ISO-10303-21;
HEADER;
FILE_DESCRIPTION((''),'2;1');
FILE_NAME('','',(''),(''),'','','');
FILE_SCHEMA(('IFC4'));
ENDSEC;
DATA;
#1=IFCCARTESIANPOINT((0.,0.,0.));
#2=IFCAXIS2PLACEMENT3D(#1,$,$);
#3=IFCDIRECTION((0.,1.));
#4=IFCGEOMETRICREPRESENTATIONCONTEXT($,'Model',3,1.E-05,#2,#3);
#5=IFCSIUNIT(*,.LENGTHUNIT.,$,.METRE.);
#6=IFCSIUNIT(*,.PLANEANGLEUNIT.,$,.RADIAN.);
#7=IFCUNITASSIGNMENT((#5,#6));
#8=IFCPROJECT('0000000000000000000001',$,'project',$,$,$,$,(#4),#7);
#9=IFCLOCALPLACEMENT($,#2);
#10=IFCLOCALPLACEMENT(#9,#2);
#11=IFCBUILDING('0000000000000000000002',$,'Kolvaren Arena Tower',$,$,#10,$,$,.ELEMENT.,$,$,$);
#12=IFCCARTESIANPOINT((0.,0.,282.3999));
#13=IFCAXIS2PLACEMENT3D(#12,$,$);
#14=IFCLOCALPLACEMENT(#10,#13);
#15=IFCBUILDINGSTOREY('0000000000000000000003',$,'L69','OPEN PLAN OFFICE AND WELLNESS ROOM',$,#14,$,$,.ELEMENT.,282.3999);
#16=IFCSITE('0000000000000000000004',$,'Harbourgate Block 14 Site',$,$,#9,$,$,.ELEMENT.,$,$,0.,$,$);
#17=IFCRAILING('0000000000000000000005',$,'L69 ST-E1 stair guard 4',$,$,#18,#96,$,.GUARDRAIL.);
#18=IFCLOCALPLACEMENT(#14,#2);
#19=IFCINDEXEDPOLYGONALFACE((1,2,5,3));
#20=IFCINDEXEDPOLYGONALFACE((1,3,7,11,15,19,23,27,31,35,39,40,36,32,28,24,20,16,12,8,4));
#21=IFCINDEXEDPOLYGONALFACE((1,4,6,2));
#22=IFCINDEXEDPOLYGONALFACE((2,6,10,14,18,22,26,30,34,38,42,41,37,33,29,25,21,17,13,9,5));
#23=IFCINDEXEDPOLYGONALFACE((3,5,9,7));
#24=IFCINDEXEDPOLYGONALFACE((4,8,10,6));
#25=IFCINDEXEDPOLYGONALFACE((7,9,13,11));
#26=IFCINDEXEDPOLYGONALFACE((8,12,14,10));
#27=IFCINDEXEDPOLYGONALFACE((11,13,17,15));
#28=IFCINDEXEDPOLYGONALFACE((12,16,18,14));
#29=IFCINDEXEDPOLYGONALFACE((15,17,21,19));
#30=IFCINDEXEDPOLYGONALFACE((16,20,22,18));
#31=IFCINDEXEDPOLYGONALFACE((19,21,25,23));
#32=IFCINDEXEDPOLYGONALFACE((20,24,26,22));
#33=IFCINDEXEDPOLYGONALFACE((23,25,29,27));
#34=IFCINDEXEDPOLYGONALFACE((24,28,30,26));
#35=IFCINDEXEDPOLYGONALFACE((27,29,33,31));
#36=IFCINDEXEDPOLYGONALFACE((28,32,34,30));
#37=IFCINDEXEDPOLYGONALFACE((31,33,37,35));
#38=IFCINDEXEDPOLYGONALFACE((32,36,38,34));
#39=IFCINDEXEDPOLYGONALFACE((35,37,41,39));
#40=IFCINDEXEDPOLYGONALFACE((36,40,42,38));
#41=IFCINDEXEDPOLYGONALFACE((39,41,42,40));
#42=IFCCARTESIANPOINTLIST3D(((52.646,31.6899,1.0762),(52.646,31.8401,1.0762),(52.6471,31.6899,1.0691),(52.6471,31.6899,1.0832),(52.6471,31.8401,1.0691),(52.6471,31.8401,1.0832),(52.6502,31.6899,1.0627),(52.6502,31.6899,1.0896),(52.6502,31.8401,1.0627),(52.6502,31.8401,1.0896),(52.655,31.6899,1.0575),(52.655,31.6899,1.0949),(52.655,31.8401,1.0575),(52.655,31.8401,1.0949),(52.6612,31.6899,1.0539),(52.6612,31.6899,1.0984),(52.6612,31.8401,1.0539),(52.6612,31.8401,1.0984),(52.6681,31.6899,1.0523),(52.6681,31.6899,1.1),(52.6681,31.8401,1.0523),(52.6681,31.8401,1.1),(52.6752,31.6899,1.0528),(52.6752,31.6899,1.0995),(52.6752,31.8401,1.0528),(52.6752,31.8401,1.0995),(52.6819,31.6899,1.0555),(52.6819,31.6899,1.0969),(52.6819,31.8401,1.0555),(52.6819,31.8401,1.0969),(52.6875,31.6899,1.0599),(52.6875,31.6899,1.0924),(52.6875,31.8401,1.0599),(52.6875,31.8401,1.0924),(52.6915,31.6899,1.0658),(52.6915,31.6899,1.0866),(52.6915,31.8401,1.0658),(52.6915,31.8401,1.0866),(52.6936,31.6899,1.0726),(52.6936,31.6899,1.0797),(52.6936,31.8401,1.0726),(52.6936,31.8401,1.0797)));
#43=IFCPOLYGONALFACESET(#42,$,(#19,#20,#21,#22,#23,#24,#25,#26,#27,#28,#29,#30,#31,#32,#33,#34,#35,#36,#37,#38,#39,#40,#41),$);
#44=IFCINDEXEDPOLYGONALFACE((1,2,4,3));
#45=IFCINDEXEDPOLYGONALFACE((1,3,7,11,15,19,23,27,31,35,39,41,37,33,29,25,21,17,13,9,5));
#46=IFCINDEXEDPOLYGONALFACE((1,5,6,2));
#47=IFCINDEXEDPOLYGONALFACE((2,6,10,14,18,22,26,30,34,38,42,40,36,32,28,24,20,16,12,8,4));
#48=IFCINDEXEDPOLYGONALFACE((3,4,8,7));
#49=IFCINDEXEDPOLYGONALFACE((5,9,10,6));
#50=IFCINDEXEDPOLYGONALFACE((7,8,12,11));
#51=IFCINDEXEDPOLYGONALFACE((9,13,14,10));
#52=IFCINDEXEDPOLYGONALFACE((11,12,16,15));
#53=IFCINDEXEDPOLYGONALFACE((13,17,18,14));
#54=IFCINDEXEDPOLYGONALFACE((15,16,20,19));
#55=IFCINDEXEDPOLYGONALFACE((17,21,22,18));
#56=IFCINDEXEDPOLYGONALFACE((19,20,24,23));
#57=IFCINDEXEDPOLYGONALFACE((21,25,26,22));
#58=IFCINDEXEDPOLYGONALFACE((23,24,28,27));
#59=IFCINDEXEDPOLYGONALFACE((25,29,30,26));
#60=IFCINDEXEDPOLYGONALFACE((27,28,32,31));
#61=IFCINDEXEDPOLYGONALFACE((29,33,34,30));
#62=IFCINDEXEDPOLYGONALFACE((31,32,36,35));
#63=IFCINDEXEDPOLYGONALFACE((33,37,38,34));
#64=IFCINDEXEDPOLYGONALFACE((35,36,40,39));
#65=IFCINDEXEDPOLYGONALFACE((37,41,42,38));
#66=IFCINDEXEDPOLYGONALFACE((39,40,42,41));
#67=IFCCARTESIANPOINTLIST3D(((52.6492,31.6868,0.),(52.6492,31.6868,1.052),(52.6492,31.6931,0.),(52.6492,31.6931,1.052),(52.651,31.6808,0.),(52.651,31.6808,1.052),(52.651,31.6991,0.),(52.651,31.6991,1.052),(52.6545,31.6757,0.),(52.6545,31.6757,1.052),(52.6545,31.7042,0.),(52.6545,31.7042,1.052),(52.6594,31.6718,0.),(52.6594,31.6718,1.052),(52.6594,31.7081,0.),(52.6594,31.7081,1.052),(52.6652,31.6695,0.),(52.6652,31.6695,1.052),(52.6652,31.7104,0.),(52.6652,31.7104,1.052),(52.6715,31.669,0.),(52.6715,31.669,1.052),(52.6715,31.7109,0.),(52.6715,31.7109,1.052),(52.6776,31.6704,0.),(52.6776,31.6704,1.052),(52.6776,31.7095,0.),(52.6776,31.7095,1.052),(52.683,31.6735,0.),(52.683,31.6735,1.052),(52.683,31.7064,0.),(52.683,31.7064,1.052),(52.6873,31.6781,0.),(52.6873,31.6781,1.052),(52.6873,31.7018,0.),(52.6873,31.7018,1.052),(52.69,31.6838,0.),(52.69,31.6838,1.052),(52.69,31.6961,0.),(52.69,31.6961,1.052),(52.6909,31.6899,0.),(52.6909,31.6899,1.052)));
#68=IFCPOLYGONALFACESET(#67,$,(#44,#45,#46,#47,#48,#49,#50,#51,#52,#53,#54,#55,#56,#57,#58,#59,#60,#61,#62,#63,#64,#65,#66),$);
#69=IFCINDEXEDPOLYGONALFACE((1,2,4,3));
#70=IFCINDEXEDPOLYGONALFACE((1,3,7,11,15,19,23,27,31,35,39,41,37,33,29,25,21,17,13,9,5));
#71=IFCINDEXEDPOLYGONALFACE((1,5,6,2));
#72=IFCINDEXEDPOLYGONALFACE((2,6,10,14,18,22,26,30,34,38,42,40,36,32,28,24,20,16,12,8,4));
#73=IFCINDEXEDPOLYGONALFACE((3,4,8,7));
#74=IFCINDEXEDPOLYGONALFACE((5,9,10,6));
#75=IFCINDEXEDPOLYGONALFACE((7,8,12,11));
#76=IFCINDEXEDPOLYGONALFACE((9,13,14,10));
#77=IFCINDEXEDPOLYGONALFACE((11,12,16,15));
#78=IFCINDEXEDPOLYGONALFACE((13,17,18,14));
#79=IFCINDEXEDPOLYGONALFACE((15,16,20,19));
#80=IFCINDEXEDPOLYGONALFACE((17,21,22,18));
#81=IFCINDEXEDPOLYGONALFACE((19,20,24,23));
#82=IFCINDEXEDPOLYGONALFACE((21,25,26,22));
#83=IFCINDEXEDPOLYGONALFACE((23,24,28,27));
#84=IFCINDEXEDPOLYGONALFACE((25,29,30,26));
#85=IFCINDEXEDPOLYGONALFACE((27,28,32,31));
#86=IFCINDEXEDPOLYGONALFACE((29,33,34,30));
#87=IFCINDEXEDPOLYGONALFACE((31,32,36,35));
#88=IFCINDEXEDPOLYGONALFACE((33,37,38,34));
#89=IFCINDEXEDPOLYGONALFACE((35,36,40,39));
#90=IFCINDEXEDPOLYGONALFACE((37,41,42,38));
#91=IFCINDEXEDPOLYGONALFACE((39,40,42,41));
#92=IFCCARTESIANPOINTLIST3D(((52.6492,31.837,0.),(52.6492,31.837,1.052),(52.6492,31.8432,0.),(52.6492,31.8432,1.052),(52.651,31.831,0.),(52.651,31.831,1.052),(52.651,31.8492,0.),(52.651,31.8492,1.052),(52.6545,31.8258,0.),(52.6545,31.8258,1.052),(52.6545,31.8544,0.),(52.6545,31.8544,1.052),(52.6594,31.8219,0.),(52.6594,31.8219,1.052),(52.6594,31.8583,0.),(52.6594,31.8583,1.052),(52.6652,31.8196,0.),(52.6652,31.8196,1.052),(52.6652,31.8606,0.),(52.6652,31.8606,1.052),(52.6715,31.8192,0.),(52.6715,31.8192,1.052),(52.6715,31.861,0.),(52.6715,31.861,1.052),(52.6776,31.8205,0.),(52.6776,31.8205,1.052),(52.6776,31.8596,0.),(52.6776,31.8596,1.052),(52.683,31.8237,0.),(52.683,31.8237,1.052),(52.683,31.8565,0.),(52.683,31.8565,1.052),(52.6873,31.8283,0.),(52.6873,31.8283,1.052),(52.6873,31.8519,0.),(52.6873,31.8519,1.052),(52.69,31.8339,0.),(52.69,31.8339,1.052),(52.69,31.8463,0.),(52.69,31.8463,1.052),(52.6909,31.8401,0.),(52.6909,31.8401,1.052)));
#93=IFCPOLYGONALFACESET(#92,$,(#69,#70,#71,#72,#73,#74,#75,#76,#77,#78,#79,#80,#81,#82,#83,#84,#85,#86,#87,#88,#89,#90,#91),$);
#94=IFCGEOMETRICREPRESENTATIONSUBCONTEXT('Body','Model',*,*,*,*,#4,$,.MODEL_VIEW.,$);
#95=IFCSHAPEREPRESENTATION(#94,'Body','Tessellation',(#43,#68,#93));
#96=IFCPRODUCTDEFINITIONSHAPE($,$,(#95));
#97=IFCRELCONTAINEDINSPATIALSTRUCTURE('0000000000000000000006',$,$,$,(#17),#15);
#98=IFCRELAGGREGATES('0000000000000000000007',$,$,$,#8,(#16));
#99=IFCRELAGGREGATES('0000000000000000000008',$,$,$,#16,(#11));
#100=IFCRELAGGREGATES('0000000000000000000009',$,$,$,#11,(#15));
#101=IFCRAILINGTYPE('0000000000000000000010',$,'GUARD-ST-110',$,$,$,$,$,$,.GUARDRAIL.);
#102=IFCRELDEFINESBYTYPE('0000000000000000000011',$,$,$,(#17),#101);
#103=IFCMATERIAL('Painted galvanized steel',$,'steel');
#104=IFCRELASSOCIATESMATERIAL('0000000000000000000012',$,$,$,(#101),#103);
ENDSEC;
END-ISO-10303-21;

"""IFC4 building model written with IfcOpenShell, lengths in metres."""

from ifc_helpers import new_model, si_unit, direction, frame, origin, origin_2d, place, context, subcontext, project, spatial, circle, extrude, material, type_object, element, save


model = new_model("IFC4")

# Units and contexts
model_context = context("Model", 3, precision=1e-05, world=origin(), true_north=direction((0.0, 1.0)))
body_context = subcontext(model_context, "Body", "Model", "MODEL_VIEW")
ifc_project = project(units=[si_unit("LENGTHUNIT", "METRE"), si_unit("PLANEANGLEUNIT", "RADIAN")], contexts=[model_context])

# Site, building, storey
site_placement = place(None, origin())
site = spatial("IfcSite", under=ifc_project, at=site_placement, Name="Harbourgate Block 14 Site", CompositionType="ELEMENT", RefElevation=0.0)
building_placement = place(site_placement, origin())
building = spatial("IfcBuilding", under=site, at=building_placement, Name="Kolvaren Arena Tower", CompositionType="ELEMENT")
storey_placement = place(building_placement, frame((0.0, 0.0, 282.3999)))
storey = spatial("IfcBuildingStorey", under=building, at=storey_placement, Name="L69", Description="OPEN PLAN OFFICE AND WELLNESS ROOM", CompositionType="ELEMENT", Elevation=282.3999)

# Railing
ifc_material_1 = material(Name="Painted galvanized steel", Category="steel")
railing_type_1 = type_object("IfcRailingType", Name="GUARD-ST-110", PredefinedType="GUARDRAIL", material=ifc_material_1)
railing_1_placement = place(storey_placement, frame((52.6699, 31.6899, 0.0)))
element("IfcRailing", 1, at=railing_1_placement, inside=storey, type_object=railing_type_1, Name="L69 ST-E1 stair guard 4", PredefinedType="GUARDRAIL", context=body_context, shape_type="SweptSolid", body=[
    extrude(circle(Radius=0.0239, at=origin_2d()), frame((0.0, 0.0, 1.0762), z_axis=(0.0, 1.0, 0.0), x_axis=(-1.0, 0.0, 0.0)), (0.0, 0.0, 1.0), 0.1501),
    extrude(circle(Radius=0.021, at=origin_2d()), origin(), (0.0, 0.0, 1.0), 1.052),
    extrude(circle(Radius=0.021, at=origin_2d()), frame((0.0, 0.1501, 0.0)), (0.0, 0.0, 1.0), 1.052),
])

save(model, "model.ifc")
